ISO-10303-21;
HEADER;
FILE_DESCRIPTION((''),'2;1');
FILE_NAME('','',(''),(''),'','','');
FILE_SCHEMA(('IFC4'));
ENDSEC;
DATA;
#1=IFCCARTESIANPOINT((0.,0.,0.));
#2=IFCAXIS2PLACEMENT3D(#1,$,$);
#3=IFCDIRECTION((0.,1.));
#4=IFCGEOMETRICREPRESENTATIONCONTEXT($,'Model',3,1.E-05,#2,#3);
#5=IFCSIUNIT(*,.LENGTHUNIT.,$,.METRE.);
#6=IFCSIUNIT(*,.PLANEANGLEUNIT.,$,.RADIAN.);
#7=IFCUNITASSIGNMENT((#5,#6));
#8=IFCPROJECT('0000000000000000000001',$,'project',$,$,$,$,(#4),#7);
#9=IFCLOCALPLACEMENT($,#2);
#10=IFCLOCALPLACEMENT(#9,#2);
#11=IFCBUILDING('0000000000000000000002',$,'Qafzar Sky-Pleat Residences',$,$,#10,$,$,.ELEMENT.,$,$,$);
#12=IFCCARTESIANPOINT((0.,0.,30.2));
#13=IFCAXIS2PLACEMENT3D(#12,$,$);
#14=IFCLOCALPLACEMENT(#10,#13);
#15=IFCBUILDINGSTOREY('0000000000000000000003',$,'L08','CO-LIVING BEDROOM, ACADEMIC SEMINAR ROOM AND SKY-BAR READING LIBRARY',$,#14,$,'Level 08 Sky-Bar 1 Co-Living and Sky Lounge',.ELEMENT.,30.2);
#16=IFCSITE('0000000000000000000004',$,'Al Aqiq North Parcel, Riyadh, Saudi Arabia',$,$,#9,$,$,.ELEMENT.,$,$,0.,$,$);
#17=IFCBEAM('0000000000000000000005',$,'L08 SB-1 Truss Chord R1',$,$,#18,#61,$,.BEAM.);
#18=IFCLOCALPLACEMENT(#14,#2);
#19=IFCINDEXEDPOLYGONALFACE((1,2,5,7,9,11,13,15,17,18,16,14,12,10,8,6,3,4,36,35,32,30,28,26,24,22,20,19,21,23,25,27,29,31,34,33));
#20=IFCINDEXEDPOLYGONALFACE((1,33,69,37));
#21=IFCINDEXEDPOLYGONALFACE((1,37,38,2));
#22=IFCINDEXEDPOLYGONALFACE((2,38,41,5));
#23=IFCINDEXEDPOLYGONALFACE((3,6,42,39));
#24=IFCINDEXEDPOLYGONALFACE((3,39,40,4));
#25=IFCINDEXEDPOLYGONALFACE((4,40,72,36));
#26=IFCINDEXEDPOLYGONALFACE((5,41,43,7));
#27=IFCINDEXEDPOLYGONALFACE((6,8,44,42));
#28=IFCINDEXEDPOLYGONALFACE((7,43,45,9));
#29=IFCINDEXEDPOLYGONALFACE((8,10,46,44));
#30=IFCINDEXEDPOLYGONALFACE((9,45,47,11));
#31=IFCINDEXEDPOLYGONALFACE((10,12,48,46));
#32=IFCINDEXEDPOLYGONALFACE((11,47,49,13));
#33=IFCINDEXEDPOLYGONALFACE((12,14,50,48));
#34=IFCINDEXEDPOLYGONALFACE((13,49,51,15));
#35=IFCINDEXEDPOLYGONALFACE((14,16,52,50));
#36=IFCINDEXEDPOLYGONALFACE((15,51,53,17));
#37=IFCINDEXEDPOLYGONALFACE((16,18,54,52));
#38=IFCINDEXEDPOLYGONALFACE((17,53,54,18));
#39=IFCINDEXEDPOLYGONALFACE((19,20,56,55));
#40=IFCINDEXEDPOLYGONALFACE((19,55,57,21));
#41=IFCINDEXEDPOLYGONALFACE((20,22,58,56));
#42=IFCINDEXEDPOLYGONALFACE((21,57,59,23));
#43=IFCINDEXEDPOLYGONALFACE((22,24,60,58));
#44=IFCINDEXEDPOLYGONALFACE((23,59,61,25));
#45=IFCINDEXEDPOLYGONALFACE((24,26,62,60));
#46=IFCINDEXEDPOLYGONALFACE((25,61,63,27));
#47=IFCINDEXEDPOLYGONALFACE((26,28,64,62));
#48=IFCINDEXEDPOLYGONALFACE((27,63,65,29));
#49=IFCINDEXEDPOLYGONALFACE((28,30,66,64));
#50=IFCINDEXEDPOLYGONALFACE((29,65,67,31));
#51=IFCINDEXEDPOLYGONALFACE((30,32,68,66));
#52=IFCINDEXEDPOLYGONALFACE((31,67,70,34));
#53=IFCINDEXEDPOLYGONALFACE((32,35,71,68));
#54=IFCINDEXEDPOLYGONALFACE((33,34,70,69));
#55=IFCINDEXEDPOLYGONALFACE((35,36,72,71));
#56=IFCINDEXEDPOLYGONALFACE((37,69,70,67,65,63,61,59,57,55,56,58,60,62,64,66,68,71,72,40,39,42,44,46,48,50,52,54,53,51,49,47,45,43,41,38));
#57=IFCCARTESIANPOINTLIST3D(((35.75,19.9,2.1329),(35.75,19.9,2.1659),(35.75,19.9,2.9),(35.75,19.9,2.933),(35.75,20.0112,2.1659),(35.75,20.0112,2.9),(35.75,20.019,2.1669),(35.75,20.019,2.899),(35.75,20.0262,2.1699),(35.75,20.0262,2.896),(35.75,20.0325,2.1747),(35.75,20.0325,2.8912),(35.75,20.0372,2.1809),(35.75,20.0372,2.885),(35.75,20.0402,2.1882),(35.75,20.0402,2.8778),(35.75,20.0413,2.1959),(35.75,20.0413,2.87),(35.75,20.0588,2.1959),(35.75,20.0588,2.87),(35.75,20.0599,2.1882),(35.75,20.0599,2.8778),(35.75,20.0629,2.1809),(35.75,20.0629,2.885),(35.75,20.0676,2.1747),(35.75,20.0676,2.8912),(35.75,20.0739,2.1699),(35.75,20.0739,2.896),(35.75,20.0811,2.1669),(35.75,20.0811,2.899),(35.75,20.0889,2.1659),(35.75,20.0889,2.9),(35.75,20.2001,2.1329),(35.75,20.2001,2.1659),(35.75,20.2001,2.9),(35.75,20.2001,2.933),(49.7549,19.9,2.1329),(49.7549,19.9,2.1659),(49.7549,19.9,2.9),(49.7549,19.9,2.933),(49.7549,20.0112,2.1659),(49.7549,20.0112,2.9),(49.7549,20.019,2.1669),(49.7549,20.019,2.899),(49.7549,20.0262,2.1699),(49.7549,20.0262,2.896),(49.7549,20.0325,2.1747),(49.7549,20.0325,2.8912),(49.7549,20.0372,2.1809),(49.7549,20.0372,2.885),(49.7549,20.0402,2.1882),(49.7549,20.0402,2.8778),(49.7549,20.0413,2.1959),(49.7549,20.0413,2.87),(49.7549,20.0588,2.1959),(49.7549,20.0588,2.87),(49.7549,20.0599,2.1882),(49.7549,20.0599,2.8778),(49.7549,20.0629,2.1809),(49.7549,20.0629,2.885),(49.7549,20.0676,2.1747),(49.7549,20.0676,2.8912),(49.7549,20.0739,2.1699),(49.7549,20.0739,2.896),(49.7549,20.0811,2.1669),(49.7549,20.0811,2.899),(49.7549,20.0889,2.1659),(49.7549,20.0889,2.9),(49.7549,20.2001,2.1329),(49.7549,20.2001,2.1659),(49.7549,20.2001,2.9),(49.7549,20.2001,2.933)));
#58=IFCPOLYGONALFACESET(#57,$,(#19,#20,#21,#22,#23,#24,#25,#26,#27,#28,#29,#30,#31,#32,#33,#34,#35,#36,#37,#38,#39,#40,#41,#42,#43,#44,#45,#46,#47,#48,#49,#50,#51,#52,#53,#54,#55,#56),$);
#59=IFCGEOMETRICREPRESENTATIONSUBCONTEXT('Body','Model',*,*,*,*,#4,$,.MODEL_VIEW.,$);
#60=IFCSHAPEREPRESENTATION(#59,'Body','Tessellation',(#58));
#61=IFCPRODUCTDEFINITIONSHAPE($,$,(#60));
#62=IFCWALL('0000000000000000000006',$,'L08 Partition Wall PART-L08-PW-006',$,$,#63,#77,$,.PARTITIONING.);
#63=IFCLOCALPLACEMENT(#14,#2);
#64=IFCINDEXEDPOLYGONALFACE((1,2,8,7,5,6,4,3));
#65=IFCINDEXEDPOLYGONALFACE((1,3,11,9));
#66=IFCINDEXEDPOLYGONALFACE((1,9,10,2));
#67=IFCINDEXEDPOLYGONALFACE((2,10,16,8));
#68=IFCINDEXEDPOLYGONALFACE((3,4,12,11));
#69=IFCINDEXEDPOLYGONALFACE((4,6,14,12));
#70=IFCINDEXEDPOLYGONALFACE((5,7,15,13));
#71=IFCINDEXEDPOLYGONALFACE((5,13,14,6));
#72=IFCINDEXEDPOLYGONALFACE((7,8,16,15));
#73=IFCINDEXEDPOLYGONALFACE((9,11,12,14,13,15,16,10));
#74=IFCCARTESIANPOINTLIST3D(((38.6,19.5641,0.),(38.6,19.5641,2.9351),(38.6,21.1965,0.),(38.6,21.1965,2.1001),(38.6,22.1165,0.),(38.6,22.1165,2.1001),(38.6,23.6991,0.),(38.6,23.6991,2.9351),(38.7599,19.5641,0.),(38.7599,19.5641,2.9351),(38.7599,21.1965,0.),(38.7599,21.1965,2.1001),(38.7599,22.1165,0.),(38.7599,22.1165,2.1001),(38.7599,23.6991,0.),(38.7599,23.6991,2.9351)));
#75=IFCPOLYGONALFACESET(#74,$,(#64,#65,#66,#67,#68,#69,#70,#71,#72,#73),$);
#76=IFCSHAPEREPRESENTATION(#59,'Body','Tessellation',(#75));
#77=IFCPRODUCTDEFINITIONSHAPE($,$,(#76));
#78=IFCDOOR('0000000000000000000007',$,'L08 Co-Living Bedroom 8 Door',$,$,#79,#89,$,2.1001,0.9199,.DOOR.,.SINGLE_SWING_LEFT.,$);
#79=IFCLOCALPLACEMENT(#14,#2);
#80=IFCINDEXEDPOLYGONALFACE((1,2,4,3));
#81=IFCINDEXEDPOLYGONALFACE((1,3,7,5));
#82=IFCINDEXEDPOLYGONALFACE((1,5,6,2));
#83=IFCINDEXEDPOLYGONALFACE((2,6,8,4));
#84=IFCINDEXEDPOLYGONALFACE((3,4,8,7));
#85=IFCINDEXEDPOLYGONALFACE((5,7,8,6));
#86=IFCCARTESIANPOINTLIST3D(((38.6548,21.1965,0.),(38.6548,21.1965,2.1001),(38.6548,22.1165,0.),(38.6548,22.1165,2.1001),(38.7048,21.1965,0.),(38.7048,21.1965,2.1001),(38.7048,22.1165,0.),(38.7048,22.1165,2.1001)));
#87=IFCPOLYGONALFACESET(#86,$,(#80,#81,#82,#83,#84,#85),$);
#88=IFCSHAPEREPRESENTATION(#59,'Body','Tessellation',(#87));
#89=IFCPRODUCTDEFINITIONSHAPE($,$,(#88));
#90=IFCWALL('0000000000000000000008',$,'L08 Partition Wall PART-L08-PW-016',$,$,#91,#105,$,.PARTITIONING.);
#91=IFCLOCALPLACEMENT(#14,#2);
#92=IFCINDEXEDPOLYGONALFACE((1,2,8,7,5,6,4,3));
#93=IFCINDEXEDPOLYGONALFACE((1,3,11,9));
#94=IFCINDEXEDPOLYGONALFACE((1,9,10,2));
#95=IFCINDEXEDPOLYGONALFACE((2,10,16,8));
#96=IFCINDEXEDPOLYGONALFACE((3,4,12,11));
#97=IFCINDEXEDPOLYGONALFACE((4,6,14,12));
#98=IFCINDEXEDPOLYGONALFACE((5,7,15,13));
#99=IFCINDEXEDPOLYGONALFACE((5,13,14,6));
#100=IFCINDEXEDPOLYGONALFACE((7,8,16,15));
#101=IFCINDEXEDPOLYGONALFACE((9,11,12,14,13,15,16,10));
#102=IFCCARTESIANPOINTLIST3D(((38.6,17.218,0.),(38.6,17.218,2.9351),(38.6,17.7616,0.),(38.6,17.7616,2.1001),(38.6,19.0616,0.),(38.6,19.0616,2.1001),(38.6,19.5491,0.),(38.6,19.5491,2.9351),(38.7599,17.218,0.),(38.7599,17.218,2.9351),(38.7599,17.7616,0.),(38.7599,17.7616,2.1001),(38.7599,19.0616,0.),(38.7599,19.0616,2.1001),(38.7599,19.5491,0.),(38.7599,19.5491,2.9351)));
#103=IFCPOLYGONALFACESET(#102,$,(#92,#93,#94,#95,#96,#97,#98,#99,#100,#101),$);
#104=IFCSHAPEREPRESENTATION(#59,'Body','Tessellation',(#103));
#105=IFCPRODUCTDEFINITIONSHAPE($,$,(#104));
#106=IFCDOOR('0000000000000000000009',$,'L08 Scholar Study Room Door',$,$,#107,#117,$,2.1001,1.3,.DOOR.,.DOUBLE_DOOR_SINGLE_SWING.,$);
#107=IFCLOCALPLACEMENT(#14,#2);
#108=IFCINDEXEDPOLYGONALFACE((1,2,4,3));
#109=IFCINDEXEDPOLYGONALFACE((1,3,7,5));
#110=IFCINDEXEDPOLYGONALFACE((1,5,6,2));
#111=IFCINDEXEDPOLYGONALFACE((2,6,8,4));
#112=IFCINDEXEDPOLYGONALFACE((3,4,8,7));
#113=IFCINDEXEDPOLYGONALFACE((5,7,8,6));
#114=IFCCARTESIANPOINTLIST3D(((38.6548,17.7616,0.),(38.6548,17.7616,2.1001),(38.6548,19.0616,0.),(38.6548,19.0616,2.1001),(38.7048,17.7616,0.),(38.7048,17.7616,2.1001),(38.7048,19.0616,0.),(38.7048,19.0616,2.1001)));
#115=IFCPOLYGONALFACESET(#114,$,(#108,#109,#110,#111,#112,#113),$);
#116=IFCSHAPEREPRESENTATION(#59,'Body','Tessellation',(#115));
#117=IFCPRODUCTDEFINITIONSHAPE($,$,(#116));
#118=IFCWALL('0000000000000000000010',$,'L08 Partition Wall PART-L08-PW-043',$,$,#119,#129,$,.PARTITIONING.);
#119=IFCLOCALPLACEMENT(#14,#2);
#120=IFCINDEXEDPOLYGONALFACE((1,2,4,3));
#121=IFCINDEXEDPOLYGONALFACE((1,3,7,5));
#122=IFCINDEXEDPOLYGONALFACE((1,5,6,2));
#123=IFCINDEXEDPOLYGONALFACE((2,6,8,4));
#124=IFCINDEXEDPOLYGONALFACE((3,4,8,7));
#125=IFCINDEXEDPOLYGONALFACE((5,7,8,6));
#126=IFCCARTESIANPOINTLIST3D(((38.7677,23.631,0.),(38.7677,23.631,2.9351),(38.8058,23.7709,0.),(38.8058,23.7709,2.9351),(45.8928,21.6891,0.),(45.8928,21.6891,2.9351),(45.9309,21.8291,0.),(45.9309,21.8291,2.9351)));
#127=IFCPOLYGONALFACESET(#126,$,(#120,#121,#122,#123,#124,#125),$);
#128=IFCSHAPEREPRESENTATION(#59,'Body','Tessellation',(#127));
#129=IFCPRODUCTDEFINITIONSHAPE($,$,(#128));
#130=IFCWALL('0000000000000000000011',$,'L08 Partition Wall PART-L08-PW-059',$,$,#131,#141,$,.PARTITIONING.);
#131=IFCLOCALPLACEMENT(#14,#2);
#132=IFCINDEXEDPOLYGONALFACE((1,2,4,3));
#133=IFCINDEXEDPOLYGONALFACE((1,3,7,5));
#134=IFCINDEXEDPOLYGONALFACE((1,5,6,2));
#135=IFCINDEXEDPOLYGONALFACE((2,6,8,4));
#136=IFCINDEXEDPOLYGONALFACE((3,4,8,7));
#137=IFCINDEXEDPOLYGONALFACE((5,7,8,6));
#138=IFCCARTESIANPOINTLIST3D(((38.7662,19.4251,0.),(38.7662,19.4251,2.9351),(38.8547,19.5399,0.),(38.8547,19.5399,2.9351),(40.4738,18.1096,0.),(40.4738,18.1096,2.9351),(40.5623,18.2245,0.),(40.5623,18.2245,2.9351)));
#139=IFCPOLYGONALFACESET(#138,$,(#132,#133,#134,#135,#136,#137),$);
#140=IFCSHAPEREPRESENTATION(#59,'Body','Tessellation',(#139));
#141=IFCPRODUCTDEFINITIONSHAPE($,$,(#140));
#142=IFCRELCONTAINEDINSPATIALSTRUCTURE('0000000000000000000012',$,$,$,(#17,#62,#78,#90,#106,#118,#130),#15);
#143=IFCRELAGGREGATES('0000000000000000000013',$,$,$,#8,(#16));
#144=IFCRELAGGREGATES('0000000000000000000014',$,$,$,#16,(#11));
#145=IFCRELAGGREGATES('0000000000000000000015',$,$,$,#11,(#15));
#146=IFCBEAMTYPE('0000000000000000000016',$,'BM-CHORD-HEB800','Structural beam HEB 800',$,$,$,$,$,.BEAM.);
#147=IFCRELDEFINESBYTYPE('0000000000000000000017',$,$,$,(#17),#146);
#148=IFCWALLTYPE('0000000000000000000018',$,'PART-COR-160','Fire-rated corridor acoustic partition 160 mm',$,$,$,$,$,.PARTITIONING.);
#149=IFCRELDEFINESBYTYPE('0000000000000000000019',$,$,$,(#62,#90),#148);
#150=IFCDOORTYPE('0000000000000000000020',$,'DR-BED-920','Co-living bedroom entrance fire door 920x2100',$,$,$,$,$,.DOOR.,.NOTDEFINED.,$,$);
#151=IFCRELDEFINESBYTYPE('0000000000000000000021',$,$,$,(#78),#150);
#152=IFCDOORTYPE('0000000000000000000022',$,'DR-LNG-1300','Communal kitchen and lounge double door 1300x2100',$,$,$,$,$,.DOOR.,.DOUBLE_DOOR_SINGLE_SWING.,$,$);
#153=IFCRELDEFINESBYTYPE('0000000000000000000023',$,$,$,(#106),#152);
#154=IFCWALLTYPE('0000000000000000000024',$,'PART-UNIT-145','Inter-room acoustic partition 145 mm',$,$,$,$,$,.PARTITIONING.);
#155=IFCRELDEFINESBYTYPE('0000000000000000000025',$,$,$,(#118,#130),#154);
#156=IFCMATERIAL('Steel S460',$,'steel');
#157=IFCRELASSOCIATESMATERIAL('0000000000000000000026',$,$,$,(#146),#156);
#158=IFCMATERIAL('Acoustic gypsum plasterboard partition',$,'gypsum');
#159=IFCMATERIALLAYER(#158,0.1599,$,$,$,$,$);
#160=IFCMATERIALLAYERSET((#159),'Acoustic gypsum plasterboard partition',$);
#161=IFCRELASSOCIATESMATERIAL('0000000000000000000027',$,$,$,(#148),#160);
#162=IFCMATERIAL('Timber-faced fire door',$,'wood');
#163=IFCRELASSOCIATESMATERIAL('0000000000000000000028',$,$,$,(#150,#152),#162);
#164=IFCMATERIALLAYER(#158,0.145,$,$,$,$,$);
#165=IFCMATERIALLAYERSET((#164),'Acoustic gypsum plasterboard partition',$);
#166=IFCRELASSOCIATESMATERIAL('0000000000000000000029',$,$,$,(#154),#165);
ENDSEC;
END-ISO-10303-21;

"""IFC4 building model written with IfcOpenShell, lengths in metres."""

from ifc_helpers import new_model, si_unit, direction, frame, frame_2d, origin, origin_2d, place, context, subcontext, project, spatial, rectangle, i_section, extrude, source, transform, mapped, material, layer, layer_set, material_profile, profile_set, type_object, element, fill, save


model = new_model("IFC4")

# Units and contexts
model_context = context("Model", 3, precision=1e-05, world=origin(), true_north=direction((0.0, 1.0)))
body_context = subcontext(model_context, "Body", "Model", "MODEL_VIEW")
ifc_project = project(units=[si_unit("LENGTHUNIT", "METRE"), si_unit("PLANEANGLEUNIT", "RADIAN")], contexts=[model_context])

# Site, building, storey
site_placement = place(None, origin())
site = spatial("IfcSite", under=ifc_project, at=site_placement, Name="Al Aqiq North Parcel, Riyadh, Saudi Arabia", CompositionType="ELEMENT", RefElevation=0.0)
building_placement = place(site_placement, origin())
building = spatial("IfcBuilding", under=site, at=building_placement, Name="Qafzar Sky-Pleat Residences", CompositionType="ELEMENT")
storey_placement = place(building_placement, frame((0.0, 0.0, 30.2)))
storey = spatial("IfcBuildingStorey", under=building, at=storey_placement, Name="L08", Description="CO-LIVING BEDROOM, ACADEMIC SEMINAR ROOM AND SKY-BAR READING LIBRARY", LongName="Level 08 Sky-Bar 1 Co-Living and Sky Lounge", CompositionType="ELEMENT", Elevation=30.2)

# Beam
ifc_material_1 = material(Name="Steel S460", Category="steel")
ifc_material_profile = material_profile(ifc_material_1, i_section(OverallWidth=0.3, OverallDepth=0.8, WebThickness=0.0176, FlangeThickness=0.033, FilletRadius=0.03, at=origin_2d()), Name="HEB 800")
ifc_profile_set = profile_set([ifc_material_profile], Name="Steel S460")
beam_type = type_object("IfcBeamType", Name="BM-CHORD-HEB800", Description="Structural beam HEB 800", PredefinedType="BEAM", material=ifc_profile_set)
shared_shape_1 = source(origin(), body_context, "Body", "SweptSolid", [
    extrude(i_section(OverallWidth=0.3, OverallDepth=0.8, WebThickness=0.0176, FlangeThickness=0.033, FilletRadius=0.03, at=origin_2d()), origin(), (0.0, 0.0, 1.0), 14.0049),
])
beam_placement = place(storey_placement, frame((35.75, 20.05, 2.533), z_axis=(1.0, 0.0, 0.0), x_axis=(0.0, 1.0, 0.0)))
element("IfcBeam", 1, at=beam_placement, inside=storey, type_object=beam_type, Name="L08 SB-1 Truss Chord R1", PredefinedType="BEAM", context=body_context, shape_type="MappedRepresentation", body=[
    mapped(shared_shape_1, transform((0.0, 0.0, 0.0), x_axis=(1.0, 0.0, 0.0), y_axis=(0.0, 1.0, 0.0), z_axis=(0.0, 0.0, 1.0), scale=1.0)),
])

# Walls, openings, doors
ifc_material_2 = material(Name="Acoustic gypsum plasterboard partition", Category="gypsum")
ifc_layer_1 = layer(ifc_material_2, 0.1599)
ifc_layer_set_1 = layer_set([ifc_layer_1], Name="Acoustic gypsum plasterboard partition")
wall_type_1 = type_object("IfcWallType", Name="PART-COR-160", Description="Fire-rated corridor acoustic partition 160 mm", PredefinedType="PARTITIONING", material=ifc_layer_set_1)
wall_1_placement = place(storey_placement, frame((38.6799, 23.699, 0.0), z_axis=(0.0, 0.0, 1.0), x_axis=(0.0, -1.0, 0.0)))
wall_1 = element("IfcWall", 2, at=wall_1_placement, inside=storey, type_object=wall_type_1, Name="L08 Partition Wall PART-L08-PW-006", PredefinedType="PARTITIONING", context=body_context, shape_type="SweptSolid", body=[
    extrude(rectangle(XDim=4.135, YDim=0.1599, at=frame_2d((2.0674, 0.0))), origin(), (0.0, 0.0, 1.0), 2.9351),
])
opening_1_placement = place(wall_1_placement, frame((1.5825, 0.0, 0.0)))
opening_1 = element("IfcOpeningElement", 3, at=opening_1_placement, cuts=wall_1, PredefinedType="OPENING", context=body_context, shape_type="SweptSolid", body=[
    extrude(rectangle(XDim=0.9199, YDim=2.1001, at=frame_2d((0.46, 1.05))), frame((0.0, 0.0898, 0.0), z_axis=(0.0, -1.0, 0.0), x_axis=(1.0, 0.0, 0.0)), (0.0, 0.0, 1.0), 0.1799),
])
ifc_material_3 = material(Name="Timber-faced fire door", Category="wood")
door_type_1 = type_object("IfcDoorType", Name="DR-BED-920", Description="Co-living bedroom entrance fire door 920x2100", OperationType="NOTDEFINED", PredefinedType="DOOR", material=ifc_material_3)
shared_shape_2 = source(origin(), body_context, "Body", "SweptSolid", [
    extrude(rectangle(XDim=0.9199, YDim=2.1001, at=frame_2d((0.46, 1.05))), frame((0.0, 0.0249, 0.0), z_axis=(0.0, -1.0, 0.0), x_axis=(1.0, 0.0, 0.0)), (0.0, 0.0, 1.0), 0.05),
])
door_1_placement = place(opening_1_placement, origin())
door_1 = element("IfcDoor", 4, at=door_1_placement, inside=storey, type_object=door_type_1, Name="L08 Co-Living Bedroom 8 Door", OperationType="SINGLE_SWING_LEFT", OverallHeight=2.1001, OverallWidth=0.9199, PredefinedType="DOOR", context=body_context, shape_type="MappedRepresentation", body=[
    mapped(shared_shape_2, transform((0.0, 0.0, 0.0), x_axis=(1.0, 0.0, 0.0), y_axis=(0.0, 1.0, 0.0), z_axis=(0.0, 0.0, 1.0), scale=1.0)),
])
fill(opening_1, door_1)
wall_2_placement = place(storey_placement, frame((38.6799, 19.5491, 0.0), z_axis=(0.0, 0.0, 1.0), x_axis=(0.0, -1.0, 0.0)))
wall_2 = element("IfcWall", 5, at=wall_2_placement, inside=storey, type_object=wall_type_1, Name="L08 Partition Wall PART-L08-PW-016", PredefinedType="PARTITIONING", context=body_context, shape_type="SweptSolid", body=[
    extrude(rectangle(XDim=2.3311, YDim=0.1599, at=frame_2d((1.1655, 0.0))), origin(), (0.0, 0.0, 1.0), 2.9351),
])
opening_2_placement = place(wall_2_placement, frame((0.4875, 0.0, 0.0)))
opening_2 = element("IfcOpeningElement", 6, at=opening_2_placement, cuts=wall_2, PredefinedType="OPENING", context=body_context, shape_type="SweptSolid", body=[
    extrude(rectangle(XDim=1.3, YDim=2.1001, at=frame_2d((0.6499, 1.05))), frame((0.0, 0.0898, 0.0), z_axis=(0.0, -1.0, 0.0), x_axis=(1.0, 0.0, 0.0)), (0.0, 0.0, 1.0), 0.1799),
])
door_type_2 = type_object("IfcDoorType", Name="DR-LNG-1300", Description="Communal kitchen and lounge double door 1300x2100", OperationType="DOUBLE_DOOR_SINGLE_SWING", PredefinedType="DOOR", material=ifc_material_3)
shared_shape_3 = source(origin(), body_context, "Body", "SweptSolid", [
    extrude(rectangle(XDim=1.3, YDim=2.1001, at=frame_2d((0.6499, 1.05))), frame((0.0, 0.0249, 0.0), z_axis=(0.0, -1.0, 0.0), x_axis=(1.0, 0.0, 0.0)), (0.0, 0.0, 1.0), 0.05),
])
door_2_placement = place(opening_2_placement, origin())
door_2 = element("IfcDoor", 7, at=door_2_placement, inside=storey, type_object=door_type_2, Name="L08 Scholar Study Room Door", OperationType="DOUBLE_DOOR_SINGLE_SWING", OverallHeight=2.1001, OverallWidth=1.3, PredefinedType="DOOR", context=body_context, shape_type="MappedRepresentation", body=[
    mapped(shared_shape_3, transform((0.0, 0.0, 0.0), x_axis=(1.0, 0.0, 0.0), y_axis=(0.0, 1.0, 0.0), z_axis=(0.0, 0.0, 1.0), scale=1.0)),
])
fill(opening_2, door_2)

# Walls
ifc_layer_2 = layer(ifc_material_2, 0.145)
ifc_layer_set_2 = layer_set([ifc_layer_2], Name="Acoustic gypsum plasterboard partition")
wall_type_2 = type_object("IfcWallType", Name="PART-UNIT-145", Description="Inter-room acoustic partition 145 mm", PredefinedType="PARTITIONING", material=ifc_layer_set_2)
wall_3_placement = place(storey_placement, frame((38.7869, 23.7009, 0.0), z_axis=(0.0, 0.0, 1.0), x_axis=(0.96481, -0.262947, 0.0)))
element("IfcWall", 8, at=wall_3_placement, inside=storey, type_object=wall_type_2, Name="L08 Partition Wall PART-L08-PW-043", PredefinedType="PARTITIONING", context=body_context, shape_type="SweptSolid", body=[
    extrude(rectangle(XDim=7.385, YDim=0.145, at=frame_2d((3.6924, 0.0))), origin(), (0.0, 0.0, 1.0), 2.9351),
])
wall_4_placement = place(storey_placement, frame((38.8105, 19.4824, 0.0), z_axis=(0.0, 0.0, 1.0), x_axis=(0.792186, -0.61028, 0.0)))
element("IfcWall", 9, at=wall_4_placement, inside=storey, type_object=wall_type_2, Name="L08 Partition Wall PART-L08-PW-059", PredefinedType="PARTITIONING", context=body_context, shape_type="SweptSolid", body=[
    extrude(rectangle(XDim=2.1555, YDim=0.145, at=frame_2d((1.0776, 0.0))), origin(), (0.0, 0.0, 1.0), 2.9351),
])

save(model, "model.ifc")
